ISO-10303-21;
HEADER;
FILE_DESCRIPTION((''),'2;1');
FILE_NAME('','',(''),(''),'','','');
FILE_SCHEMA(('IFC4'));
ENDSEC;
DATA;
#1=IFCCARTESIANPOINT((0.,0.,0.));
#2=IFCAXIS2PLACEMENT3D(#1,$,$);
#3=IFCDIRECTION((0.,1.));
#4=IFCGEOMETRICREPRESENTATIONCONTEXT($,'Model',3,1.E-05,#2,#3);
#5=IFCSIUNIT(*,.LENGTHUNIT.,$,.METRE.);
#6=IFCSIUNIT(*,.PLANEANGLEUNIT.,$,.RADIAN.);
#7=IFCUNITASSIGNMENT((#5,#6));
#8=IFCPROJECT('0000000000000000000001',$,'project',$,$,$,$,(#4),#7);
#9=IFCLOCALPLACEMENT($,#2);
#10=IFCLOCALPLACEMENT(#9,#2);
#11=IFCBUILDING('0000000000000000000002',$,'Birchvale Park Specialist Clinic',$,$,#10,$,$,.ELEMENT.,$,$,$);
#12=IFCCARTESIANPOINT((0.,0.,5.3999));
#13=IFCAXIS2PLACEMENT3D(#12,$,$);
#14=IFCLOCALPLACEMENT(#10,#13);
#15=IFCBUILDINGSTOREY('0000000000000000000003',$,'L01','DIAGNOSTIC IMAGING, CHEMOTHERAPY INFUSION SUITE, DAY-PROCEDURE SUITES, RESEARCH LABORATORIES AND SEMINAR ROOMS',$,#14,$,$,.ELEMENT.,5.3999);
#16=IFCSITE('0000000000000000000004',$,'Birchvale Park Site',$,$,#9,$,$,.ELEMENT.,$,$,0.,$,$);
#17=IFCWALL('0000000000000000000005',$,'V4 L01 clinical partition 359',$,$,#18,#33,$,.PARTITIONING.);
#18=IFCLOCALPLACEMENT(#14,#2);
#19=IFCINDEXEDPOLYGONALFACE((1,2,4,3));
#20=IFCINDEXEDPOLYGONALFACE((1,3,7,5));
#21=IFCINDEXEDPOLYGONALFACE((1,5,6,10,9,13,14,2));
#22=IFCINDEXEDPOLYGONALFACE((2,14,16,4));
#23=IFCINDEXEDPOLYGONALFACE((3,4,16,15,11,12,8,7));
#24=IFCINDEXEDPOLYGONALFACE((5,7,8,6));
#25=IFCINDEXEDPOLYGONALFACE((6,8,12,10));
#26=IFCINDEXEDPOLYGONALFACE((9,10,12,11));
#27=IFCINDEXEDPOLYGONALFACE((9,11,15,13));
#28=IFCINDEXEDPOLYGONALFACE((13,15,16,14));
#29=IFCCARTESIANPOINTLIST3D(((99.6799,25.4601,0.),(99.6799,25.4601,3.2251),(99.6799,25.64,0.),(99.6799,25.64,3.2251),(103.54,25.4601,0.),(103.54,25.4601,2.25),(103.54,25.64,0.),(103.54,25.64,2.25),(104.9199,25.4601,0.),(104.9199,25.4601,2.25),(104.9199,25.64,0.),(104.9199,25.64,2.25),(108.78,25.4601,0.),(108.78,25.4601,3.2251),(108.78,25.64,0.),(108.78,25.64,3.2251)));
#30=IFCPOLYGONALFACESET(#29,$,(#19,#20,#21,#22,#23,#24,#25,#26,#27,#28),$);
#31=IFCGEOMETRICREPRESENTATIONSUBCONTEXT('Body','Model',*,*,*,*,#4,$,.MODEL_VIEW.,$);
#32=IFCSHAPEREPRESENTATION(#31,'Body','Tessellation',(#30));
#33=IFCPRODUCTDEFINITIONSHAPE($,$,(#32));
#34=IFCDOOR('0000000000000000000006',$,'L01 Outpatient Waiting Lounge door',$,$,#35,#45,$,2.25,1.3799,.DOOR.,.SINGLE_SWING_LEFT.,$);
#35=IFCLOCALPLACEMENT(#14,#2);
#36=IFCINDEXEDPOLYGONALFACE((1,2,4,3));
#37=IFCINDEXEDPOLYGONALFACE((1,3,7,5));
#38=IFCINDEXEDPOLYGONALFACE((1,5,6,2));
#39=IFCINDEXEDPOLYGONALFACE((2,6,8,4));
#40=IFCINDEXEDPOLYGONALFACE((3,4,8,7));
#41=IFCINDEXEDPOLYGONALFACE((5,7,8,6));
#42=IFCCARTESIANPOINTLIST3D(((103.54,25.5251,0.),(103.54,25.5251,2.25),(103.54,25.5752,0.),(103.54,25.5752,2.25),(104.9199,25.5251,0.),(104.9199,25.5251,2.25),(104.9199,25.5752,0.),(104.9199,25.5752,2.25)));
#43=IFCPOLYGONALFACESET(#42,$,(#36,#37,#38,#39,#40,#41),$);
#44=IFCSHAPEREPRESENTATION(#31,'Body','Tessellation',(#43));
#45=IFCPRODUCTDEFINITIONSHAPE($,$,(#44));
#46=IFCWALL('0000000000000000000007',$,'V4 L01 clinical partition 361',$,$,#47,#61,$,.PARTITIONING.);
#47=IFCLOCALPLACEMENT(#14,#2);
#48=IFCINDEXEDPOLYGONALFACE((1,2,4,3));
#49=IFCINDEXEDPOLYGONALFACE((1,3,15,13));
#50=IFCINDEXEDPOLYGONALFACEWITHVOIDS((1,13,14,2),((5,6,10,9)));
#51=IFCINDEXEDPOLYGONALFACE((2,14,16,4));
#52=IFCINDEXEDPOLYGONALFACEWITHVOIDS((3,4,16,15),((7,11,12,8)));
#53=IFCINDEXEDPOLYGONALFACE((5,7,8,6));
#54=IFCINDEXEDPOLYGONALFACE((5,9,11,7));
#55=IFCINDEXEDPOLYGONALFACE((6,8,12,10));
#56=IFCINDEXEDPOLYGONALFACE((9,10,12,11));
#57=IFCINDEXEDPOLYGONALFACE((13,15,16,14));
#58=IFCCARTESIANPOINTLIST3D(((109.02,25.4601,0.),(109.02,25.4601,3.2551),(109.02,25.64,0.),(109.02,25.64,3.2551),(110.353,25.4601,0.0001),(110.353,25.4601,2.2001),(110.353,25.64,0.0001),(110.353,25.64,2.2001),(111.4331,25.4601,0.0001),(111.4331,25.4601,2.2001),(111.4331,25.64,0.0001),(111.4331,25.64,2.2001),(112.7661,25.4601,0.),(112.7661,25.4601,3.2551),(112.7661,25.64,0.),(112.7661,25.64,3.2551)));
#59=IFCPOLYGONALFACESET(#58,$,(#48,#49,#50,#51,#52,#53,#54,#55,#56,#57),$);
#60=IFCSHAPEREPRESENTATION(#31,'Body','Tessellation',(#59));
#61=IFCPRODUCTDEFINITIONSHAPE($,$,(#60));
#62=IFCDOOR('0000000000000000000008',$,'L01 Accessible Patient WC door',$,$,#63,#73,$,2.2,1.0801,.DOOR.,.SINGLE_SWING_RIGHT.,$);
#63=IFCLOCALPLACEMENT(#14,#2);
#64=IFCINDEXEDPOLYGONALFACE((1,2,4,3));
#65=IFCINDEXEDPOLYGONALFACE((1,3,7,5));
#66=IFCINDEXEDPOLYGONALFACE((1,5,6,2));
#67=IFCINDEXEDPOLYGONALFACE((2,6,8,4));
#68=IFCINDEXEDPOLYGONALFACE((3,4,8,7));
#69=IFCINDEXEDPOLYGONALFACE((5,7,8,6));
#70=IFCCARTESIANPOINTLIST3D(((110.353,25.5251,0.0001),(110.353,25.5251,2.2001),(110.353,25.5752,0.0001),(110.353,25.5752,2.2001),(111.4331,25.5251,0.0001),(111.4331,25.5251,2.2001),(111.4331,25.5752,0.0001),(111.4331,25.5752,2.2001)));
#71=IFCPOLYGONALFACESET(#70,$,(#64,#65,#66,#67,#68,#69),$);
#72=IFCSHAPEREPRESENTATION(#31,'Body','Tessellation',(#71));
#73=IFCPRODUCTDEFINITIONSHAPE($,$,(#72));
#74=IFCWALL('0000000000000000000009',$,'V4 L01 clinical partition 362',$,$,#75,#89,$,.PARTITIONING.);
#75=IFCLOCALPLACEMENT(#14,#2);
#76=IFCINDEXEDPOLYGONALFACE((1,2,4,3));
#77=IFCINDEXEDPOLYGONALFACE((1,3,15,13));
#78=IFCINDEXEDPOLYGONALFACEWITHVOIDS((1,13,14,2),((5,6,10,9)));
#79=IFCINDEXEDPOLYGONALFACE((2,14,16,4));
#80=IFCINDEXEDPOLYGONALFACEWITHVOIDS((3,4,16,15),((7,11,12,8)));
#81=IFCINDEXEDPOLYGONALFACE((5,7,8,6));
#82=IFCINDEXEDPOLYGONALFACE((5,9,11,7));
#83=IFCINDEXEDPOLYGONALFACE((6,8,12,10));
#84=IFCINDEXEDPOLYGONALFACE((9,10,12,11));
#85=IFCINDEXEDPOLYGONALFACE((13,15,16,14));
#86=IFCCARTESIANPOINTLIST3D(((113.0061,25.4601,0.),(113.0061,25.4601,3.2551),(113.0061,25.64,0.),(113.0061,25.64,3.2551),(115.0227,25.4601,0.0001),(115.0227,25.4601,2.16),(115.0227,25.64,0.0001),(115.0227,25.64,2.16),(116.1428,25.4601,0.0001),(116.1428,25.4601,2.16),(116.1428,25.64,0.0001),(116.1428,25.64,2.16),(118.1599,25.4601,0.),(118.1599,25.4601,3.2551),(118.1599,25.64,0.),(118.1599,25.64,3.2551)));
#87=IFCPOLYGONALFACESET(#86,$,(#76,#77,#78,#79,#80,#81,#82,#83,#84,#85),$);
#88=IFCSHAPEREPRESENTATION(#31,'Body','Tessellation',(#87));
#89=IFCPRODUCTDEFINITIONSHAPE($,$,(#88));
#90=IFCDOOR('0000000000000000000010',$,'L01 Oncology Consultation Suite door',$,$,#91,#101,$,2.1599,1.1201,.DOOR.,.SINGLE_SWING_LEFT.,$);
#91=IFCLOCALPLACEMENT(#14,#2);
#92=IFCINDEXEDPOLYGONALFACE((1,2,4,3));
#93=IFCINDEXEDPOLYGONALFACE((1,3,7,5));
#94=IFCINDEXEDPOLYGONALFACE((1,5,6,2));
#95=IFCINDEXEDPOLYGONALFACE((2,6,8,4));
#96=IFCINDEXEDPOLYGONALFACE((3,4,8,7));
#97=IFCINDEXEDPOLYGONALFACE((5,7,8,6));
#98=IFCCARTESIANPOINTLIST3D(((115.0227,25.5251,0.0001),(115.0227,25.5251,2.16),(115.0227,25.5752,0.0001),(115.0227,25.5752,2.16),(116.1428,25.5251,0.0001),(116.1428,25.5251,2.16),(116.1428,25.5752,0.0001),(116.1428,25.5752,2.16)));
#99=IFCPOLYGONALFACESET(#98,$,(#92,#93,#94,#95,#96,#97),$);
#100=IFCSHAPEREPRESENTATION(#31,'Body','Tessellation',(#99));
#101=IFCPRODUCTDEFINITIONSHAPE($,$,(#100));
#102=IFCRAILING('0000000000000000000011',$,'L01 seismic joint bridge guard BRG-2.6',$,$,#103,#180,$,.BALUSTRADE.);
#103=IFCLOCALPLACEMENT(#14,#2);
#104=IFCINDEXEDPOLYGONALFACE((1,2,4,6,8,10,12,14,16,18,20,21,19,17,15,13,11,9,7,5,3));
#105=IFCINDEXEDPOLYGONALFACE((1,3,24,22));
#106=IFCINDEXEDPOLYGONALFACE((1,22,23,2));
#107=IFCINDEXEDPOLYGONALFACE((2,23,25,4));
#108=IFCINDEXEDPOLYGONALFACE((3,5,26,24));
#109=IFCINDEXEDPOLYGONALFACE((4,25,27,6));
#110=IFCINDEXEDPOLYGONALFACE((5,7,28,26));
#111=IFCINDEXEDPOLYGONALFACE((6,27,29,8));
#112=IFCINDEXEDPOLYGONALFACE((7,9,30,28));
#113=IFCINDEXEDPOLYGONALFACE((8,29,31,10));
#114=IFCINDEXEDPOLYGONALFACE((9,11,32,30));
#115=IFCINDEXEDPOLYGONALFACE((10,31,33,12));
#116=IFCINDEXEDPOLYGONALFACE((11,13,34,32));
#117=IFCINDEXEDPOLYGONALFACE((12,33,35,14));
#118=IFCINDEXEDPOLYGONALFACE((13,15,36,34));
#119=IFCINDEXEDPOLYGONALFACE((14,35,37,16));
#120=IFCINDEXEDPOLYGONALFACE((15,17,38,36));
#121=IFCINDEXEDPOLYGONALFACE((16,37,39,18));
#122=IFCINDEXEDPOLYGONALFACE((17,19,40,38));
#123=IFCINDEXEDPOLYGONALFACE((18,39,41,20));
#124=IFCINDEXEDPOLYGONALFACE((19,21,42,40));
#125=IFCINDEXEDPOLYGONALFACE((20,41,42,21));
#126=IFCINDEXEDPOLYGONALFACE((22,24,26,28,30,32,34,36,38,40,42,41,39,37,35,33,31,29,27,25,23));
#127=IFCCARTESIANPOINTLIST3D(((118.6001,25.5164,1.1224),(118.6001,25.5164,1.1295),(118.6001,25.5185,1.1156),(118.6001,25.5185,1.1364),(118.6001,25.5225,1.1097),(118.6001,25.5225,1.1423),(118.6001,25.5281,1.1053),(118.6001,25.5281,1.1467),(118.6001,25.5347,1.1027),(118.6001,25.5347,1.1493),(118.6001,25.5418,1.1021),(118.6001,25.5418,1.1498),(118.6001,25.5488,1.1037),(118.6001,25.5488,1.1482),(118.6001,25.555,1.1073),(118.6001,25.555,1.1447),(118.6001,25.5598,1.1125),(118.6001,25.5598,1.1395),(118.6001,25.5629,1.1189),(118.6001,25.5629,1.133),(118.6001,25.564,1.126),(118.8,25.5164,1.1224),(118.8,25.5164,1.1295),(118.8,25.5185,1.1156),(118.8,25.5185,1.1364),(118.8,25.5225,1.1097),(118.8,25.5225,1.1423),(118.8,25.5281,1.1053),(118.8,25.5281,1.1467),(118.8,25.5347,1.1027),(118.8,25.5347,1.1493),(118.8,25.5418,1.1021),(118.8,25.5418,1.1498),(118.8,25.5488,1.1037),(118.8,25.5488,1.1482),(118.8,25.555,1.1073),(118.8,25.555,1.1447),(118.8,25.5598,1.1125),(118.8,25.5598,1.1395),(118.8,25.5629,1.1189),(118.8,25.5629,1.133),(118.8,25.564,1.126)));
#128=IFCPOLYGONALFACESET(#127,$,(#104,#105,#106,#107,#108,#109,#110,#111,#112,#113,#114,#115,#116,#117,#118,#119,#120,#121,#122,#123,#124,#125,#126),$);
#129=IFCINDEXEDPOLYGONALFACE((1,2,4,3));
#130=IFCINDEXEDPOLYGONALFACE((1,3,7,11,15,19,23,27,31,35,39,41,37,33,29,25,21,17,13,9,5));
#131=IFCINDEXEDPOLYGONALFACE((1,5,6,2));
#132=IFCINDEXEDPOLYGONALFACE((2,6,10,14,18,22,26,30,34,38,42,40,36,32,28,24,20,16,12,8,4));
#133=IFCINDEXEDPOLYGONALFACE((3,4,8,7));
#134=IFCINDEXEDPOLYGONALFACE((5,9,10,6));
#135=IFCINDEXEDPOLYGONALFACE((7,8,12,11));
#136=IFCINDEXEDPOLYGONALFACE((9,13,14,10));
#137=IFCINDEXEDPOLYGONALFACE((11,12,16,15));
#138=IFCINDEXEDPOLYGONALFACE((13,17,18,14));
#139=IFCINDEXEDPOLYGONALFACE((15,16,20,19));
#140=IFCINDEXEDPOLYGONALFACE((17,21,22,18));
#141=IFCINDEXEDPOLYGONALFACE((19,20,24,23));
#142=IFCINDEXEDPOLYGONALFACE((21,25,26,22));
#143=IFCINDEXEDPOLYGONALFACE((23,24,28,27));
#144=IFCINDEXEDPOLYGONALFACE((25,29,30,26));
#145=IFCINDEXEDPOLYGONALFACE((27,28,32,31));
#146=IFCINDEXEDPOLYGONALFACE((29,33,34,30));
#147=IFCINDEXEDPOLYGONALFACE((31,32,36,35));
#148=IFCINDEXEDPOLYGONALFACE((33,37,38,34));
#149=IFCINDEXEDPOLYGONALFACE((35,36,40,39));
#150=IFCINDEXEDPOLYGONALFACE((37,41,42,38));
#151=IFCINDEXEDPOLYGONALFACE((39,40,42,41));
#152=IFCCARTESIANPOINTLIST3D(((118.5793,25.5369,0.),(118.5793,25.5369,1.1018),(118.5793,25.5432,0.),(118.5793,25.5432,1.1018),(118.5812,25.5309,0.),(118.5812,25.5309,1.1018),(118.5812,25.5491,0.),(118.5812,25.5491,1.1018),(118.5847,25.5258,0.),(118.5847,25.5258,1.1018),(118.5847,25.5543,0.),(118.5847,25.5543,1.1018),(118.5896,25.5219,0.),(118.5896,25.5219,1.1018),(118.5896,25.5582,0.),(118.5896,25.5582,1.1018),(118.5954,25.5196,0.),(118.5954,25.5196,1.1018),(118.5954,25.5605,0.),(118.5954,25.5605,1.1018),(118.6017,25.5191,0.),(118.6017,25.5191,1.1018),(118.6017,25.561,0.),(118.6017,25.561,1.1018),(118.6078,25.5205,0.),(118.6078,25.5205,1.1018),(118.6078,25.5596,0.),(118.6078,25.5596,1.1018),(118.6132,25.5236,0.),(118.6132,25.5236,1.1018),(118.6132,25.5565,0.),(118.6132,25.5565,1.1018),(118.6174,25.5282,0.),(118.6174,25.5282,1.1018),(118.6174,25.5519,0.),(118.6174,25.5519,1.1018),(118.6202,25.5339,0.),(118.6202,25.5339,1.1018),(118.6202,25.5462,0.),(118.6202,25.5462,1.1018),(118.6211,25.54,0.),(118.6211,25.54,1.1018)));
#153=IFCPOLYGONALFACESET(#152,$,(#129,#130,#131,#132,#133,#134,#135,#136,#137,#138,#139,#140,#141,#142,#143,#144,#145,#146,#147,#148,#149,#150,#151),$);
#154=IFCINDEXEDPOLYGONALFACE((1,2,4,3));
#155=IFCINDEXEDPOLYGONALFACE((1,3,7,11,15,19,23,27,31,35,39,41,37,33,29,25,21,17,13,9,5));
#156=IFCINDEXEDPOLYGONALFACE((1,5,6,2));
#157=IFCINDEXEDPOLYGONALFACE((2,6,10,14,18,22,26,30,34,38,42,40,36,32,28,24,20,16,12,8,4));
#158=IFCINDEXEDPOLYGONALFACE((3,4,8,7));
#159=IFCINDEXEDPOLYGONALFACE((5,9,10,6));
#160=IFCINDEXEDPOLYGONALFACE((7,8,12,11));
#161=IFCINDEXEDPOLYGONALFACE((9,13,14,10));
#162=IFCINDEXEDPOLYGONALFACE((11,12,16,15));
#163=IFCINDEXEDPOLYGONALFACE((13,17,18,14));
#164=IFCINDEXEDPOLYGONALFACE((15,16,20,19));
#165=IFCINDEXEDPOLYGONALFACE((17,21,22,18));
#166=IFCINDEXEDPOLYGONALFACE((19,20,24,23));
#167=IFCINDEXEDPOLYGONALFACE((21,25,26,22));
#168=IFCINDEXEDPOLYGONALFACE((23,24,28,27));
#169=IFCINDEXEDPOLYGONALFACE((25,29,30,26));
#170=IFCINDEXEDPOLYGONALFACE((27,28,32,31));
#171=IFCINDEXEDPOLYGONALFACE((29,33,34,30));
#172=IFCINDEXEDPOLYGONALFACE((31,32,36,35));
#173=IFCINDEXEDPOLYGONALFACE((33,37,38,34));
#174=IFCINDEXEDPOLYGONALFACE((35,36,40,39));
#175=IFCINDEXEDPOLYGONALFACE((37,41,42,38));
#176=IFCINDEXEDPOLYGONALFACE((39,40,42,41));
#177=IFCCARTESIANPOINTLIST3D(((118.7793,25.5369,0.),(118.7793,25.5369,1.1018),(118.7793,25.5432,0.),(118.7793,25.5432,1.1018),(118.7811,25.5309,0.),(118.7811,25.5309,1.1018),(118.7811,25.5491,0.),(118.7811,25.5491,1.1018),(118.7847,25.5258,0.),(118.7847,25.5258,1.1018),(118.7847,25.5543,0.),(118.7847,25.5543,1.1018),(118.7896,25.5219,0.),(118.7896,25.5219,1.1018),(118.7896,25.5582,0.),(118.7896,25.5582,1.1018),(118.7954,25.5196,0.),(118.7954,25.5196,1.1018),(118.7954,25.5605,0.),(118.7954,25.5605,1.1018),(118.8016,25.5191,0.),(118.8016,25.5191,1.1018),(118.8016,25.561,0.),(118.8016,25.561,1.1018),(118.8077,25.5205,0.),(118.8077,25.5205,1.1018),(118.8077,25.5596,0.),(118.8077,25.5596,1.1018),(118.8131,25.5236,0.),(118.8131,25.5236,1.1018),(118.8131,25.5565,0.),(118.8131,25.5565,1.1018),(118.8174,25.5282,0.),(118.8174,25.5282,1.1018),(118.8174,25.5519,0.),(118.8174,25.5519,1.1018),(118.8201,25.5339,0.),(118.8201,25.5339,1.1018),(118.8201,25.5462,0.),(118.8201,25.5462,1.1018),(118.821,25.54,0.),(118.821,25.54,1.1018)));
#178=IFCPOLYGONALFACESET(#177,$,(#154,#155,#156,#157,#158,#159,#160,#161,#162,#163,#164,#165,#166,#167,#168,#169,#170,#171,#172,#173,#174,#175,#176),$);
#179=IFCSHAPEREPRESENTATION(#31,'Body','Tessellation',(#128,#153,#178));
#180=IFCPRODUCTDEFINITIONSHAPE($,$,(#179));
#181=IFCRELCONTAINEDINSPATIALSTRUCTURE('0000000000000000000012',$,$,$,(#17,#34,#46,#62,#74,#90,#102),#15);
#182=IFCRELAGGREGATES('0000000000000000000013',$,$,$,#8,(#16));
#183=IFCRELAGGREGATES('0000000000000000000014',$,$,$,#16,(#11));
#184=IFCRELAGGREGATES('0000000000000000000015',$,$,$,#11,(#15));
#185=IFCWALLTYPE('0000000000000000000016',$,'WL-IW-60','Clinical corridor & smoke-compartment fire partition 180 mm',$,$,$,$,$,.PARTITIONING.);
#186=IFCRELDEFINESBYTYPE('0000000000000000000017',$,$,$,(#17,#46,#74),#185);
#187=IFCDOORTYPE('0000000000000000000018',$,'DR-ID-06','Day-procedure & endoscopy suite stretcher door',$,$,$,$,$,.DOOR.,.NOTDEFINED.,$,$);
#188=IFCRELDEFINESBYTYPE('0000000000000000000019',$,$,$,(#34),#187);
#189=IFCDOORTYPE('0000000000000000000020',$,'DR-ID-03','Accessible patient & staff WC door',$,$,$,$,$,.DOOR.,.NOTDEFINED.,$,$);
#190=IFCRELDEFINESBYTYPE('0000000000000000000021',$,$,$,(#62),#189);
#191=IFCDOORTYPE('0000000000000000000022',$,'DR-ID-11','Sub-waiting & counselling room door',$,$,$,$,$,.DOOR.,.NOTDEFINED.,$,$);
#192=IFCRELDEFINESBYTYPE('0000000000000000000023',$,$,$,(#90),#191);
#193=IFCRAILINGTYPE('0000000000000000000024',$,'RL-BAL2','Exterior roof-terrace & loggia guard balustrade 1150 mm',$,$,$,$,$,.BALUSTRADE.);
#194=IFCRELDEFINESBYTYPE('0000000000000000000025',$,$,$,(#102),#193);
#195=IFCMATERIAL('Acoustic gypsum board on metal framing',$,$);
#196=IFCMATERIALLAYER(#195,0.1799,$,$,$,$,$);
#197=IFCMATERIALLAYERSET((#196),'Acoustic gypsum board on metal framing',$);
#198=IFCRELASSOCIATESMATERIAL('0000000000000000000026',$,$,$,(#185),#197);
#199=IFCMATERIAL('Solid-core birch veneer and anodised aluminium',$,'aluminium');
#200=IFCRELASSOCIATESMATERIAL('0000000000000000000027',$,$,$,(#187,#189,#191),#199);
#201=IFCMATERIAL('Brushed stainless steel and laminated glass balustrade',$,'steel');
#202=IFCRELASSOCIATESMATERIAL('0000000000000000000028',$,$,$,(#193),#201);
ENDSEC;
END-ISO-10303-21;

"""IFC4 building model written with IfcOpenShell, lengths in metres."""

from ifc_helpers import new_model, si_unit, direction, frame, frame_2d, origin, origin_2d, place, context, subcontext, project, spatial, rectangle, circle, extrude, material, layer, layer_set, type_object, element, fill, save


model = new_model("IFC4")

# Units and contexts
model_context = context("Model", 3, precision=1e-05, world=origin(), true_north=direction((0.0, 1.0)))
body_context = subcontext(model_context, "Body", "Model", "MODEL_VIEW")
ifc_project = project(units=[si_unit("LENGTHUNIT", "METRE"), si_unit("PLANEANGLEUNIT", "RADIAN")], contexts=[model_context])

# Site, building, storey
site_placement = place(None, origin())
site = spatial("IfcSite", under=ifc_project, at=site_placement, Name="Birchvale Park Site", CompositionType="ELEMENT", RefElevation=0.0)
building_placement = place(site_placement, origin())
building = spatial("IfcBuilding", under=site, at=building_placement, Name="Birchvale Park Specialist Clinic", CompositionType="ELEMENT")
storey_placement = place(building_placement, frame((0.0, 0.0, 5.3999)))
storey = spatial("IfcBuildingStorey", under=building, at=storey_placement, Name="L01", Description="DIAGNOSTIC IMAGING, CHEMOTHERAPY INFUSION SUITE, DAY-PROCEDURE SUITES, RESEARCH LABORATORIES AND SEMINAR ROOMS", CompositionType="ELEMENT", Elevation=5.3999)

# Walls, openings, doors
ifc_material_1 = material(Name="Acoustic gypsum board on metal framing")
ifc_layer_1 = layer(ifc_material_1, 0.1799)
ifc_layer_set_1 = layer_set([ifc_layer_1], Name="Acoustic gypsum board on metal framing")
wall_type_1 = type_object("IfcWallType", Name="WL-IW-60", Description="Clinical corridor & smoke-compartment fire partition 180 mm", PredefinedType="PARTITIONING", material=ifc_layer_set_1)
wall_1_placement = place(storey_placement, frame((108.78, 25.55, 0.0), z_axis=(0.0, 0.0, 1.0), x_axis=(-1.0, 0.0, 0.0)))
wall_1 = element("IfcWall", 1, at=wall_1_placement, inside=storey, type_object=wall_type_1, Name="V4 L01 clinical partition 359", PredefinedType="PARTITIONING", context=body_context, shape_type="SweptSolid", body=[
    extrude(rectangle(XDim=9.1001, YDim=0.1799, at=frame_2d((4.55, 0.0))), origin(), (0.0, 0.0, 1.0), 3.2251),
])
opening_1_placement = place(wall_1_placement, frame((3.8601, 0.0, 0.0)))
opening_1 = element("IfcOpeningElement", 2, at=opening_1_placement, cuts=wall_1, PredefinedType="OPENING", context=body_context, shape_type="SweptSolid", body=[
    extrude(rectangle(XDim=1.3799, YDim=2.25, at=frame_2d((0.6899, 1.125))), frame((0.0, 0.1001, 0.0), z_axis=(0.0, -1.0, 0.0), x_axis=(1.0, 0.0, 0.0)), (0.0, 0.0, 1.0), 0.2),
])
ifc_material_2 = material(Name="Solid-core birch veneer and anodised aluminium", Category="aluminium")
door_type_1 = type_object("IfcDoorType", Name="DR-ID-06", Description="Day-procedure & endoscopy suite stretcher door", OperationType="NOTDEFINED", PredefinedType="DOOR", material=ifc_material_2)
door_1_placement = place(opening_1_placement, origin())
door_1 = element("IfcDoor", 3, at=door_1_placement, inside=storey, type_object=door_type_1, Name="L01 Outpatient Waiting Lounge door", OperationType="SINGLE_SWING_LEFT", OverallHeight=2.25, OverallWidth=1.3799, PredefinedType="DOOR", context=body_context, shape_type="SweptSolid", body=[
    extrude(rectangle(XDim=1.3799, YDim=2.25, at=frame_2d((0.6899, 1.125))), frame((0.0, 0.0249, 0.0), z_axis=(0.0, -1.0, 0.0), x_axis=(1.0, 0.0, 0.0)), (0.0, 0.0, 1.0), 0.05),
])
fill(opening_1, door_1)
wall_2_placement = place(storey_placement, frame((112.7661, 25.55, 0.0), z_axis=(0.0, 0.0, 1.0), x_axis=(-1.0, 0.0, 0.0)))
wall_2 = element("IfcWall", 4, at=wall_2_placement, inside=storey, type_object=wall_type_1, Name="V4 L01 clinical partition 361", PredefinedType="PARTITIONING", context=body_context, shape_type="SweptSolid", body=[
    extrude(rectangle(XDim=3.7461, YDim=0.1799, at=frame_2d((1.873, 0.0))), origin(), (0.0, 0.0, 1.0), 3.2551),
])
opening_2_placement = place(wall_2_placement, frame((1.333, 0.0, 0.0)))
opening_2 = element("IfcOpeningElement", 5, at=opening_2_placement, cuts=wall_2, PredefinedType="OPENING", context=body_context, shape_type="SweptSolid", body=[
    extrude(rectangle(XDim=1.0801, YDim=2.2, at=frame_2d((0.54, 1.1001))), frame((0.0, 0.1001, 0.0), z_axis=(0.0, -1.0, 0.0), x_axis=(1.0, 0.0, 0.0)), (0.0, 0.0, 1.0), 0.2),
])
door_type_2 = type_object("IfcDoorType", Name="DR-ID-03", Description="Accessible patient & staff WC door", OperationType="NOTDEFINED", PredefinedType="DOOR", material=ifc_material_2)
door_2_placement = place(opening_2_placement, origin())
door_2 = element("IfcDoor", 6, at=door_2_placement, inside=storey, type_object=door_type_2, Name="L01 Accessible Patient WC door", OperationType="SINGLE_SWING_RIGHT", OverallHeight=2.2, OverallWidth=1.0801, PredefinedType="DOOR", context=body_context, shape_type="SweptSolid", body=[
    extrude(rectangle(XDim=1.0801, YDim=2.2, at=frame_2d((0.54, 1.1001))), frame((0.0, 0.0249, 0.0), z_axis=(0.0, -1.0, 0.0), x_axis=(1.0, 0.0, 0.0)), (0.0, 0.0, 1.0), 0.05),
])
fill(opening_2, door_2)
wall_3_placement = place(storey_placement, frame((118.1599, 25.55, 0.0), z_axis=(0.0, 0.0, 1.0), x_axis=(-1.0, 0.0, 0.0)))
wall_3 = element("IfcWall", 7, at=wall_3_placement, inside=storey, type_object=wall_type_1, Name="V4 L01 clinical partition 362", PredefinedType="PARTITIONING", context=body_context, shape_type="SweptSolid", body=[
    extrude(rectangle(XDim=5.1538, YDim=0.1799, at=frame_2d((2.5769, 0.0))), origin(), (0.0, 0.0, 1.0), 3.2551),
])
opening_3_placement = place(wall_3_placement, frame((2.0171, 0.0, 0.0)))
opening_3 = element("IfcOpeningElement", 8, at=opening_3_placement, cuts=wall_3, PredefinedType="OPENING", context=body_context, shape_type="SweptSolid", body=[
    extrude(rectangle(XDim=1.1201, YDim=2.1599, at=frame_2d((0.5601, 1.0801))), frame((0.0, 0.1001, 0.0), z_axis=(0.0, -1.0, 0.0), x_axis=(1.0, 0.0, 0.0)), (0.0, 0.0, 1.0), 0.2),
])
door_type_3 = type_object("IfcDoorType", Name="DR-ID-11", Description="Sub-waiting & counselling room door", OperationType="NOTDEFINED", PredefinedType="DOOR", material=ifc_material_2)
door_3_placement = place(opening_3_placement, origin())
door_3 = element("IfcDoor", 9, at=door_3_placement, inside=storey, type_object=door_type_3, Name="L01 Oncology Consultation Suite door", OperationType="SINGLE_SWING_LEFT", OverallHeight=2.1599, OverallWidth=1.1201, PredefinedType="DOOR", context=body_context, shape_type="SweptSolid", body=[
    extrude(rectangle(XDim=1.1201, YDim=2.1599, at=frame_2d((0.5601, 1.0801))), frame((0.0, 0.0249, 0.0), z_axis=(0.0, -1.0, 0.0), x_axis=(1.0, 0.0, 0.0)), (0.0, 0.0, 1.0), 0.05),
])
fill(opening_3, door_3)

# Railing
ifc_material_3 = material(Name="Brushed stainless steel and laminated glass balustrade", Category="steel")
railing_type = type_object("IfcRailingType", Name="RL-BAL2", Description="Exterior roof-terrace & loggia guard balustrade 1150 mm", PredefinedType="BALUSTRADE", material=ifc_material_3)
railing_placement = place(storey_placement, frame((118.6001, 25.54, 0.0)))
element("IfcRailing", 10, at=railing_placement, inside=storey, type_object=railing_type, Name="L01 seismic joint bridge guard BRG-2.6", PredefinedType="BALUSTRADE", context=body_context, shape_type="SweptSolid", body=[
    extrude(circle(Radius=0.0239, at=origin_2d()), frame((0.0, 0.0, 1.126), z_axis=(1.0, 0.0, 0.0), x_axis=(0.0, 1.0, 0.0)), (0.0, 0.0, 1.0), 0.2),
    extrude(circle(Radius=0.021, at=origin_2d()), origin(), (0.0, 0.0, 1.0), 1.1018),
    extrude(circle(Radius=0.021, at=origin_2d()), frame((0.2, 0.0, 0.0)), (0.0, 0.0, 1.0), 1.1018),
])

save(model, "model.ifc")
